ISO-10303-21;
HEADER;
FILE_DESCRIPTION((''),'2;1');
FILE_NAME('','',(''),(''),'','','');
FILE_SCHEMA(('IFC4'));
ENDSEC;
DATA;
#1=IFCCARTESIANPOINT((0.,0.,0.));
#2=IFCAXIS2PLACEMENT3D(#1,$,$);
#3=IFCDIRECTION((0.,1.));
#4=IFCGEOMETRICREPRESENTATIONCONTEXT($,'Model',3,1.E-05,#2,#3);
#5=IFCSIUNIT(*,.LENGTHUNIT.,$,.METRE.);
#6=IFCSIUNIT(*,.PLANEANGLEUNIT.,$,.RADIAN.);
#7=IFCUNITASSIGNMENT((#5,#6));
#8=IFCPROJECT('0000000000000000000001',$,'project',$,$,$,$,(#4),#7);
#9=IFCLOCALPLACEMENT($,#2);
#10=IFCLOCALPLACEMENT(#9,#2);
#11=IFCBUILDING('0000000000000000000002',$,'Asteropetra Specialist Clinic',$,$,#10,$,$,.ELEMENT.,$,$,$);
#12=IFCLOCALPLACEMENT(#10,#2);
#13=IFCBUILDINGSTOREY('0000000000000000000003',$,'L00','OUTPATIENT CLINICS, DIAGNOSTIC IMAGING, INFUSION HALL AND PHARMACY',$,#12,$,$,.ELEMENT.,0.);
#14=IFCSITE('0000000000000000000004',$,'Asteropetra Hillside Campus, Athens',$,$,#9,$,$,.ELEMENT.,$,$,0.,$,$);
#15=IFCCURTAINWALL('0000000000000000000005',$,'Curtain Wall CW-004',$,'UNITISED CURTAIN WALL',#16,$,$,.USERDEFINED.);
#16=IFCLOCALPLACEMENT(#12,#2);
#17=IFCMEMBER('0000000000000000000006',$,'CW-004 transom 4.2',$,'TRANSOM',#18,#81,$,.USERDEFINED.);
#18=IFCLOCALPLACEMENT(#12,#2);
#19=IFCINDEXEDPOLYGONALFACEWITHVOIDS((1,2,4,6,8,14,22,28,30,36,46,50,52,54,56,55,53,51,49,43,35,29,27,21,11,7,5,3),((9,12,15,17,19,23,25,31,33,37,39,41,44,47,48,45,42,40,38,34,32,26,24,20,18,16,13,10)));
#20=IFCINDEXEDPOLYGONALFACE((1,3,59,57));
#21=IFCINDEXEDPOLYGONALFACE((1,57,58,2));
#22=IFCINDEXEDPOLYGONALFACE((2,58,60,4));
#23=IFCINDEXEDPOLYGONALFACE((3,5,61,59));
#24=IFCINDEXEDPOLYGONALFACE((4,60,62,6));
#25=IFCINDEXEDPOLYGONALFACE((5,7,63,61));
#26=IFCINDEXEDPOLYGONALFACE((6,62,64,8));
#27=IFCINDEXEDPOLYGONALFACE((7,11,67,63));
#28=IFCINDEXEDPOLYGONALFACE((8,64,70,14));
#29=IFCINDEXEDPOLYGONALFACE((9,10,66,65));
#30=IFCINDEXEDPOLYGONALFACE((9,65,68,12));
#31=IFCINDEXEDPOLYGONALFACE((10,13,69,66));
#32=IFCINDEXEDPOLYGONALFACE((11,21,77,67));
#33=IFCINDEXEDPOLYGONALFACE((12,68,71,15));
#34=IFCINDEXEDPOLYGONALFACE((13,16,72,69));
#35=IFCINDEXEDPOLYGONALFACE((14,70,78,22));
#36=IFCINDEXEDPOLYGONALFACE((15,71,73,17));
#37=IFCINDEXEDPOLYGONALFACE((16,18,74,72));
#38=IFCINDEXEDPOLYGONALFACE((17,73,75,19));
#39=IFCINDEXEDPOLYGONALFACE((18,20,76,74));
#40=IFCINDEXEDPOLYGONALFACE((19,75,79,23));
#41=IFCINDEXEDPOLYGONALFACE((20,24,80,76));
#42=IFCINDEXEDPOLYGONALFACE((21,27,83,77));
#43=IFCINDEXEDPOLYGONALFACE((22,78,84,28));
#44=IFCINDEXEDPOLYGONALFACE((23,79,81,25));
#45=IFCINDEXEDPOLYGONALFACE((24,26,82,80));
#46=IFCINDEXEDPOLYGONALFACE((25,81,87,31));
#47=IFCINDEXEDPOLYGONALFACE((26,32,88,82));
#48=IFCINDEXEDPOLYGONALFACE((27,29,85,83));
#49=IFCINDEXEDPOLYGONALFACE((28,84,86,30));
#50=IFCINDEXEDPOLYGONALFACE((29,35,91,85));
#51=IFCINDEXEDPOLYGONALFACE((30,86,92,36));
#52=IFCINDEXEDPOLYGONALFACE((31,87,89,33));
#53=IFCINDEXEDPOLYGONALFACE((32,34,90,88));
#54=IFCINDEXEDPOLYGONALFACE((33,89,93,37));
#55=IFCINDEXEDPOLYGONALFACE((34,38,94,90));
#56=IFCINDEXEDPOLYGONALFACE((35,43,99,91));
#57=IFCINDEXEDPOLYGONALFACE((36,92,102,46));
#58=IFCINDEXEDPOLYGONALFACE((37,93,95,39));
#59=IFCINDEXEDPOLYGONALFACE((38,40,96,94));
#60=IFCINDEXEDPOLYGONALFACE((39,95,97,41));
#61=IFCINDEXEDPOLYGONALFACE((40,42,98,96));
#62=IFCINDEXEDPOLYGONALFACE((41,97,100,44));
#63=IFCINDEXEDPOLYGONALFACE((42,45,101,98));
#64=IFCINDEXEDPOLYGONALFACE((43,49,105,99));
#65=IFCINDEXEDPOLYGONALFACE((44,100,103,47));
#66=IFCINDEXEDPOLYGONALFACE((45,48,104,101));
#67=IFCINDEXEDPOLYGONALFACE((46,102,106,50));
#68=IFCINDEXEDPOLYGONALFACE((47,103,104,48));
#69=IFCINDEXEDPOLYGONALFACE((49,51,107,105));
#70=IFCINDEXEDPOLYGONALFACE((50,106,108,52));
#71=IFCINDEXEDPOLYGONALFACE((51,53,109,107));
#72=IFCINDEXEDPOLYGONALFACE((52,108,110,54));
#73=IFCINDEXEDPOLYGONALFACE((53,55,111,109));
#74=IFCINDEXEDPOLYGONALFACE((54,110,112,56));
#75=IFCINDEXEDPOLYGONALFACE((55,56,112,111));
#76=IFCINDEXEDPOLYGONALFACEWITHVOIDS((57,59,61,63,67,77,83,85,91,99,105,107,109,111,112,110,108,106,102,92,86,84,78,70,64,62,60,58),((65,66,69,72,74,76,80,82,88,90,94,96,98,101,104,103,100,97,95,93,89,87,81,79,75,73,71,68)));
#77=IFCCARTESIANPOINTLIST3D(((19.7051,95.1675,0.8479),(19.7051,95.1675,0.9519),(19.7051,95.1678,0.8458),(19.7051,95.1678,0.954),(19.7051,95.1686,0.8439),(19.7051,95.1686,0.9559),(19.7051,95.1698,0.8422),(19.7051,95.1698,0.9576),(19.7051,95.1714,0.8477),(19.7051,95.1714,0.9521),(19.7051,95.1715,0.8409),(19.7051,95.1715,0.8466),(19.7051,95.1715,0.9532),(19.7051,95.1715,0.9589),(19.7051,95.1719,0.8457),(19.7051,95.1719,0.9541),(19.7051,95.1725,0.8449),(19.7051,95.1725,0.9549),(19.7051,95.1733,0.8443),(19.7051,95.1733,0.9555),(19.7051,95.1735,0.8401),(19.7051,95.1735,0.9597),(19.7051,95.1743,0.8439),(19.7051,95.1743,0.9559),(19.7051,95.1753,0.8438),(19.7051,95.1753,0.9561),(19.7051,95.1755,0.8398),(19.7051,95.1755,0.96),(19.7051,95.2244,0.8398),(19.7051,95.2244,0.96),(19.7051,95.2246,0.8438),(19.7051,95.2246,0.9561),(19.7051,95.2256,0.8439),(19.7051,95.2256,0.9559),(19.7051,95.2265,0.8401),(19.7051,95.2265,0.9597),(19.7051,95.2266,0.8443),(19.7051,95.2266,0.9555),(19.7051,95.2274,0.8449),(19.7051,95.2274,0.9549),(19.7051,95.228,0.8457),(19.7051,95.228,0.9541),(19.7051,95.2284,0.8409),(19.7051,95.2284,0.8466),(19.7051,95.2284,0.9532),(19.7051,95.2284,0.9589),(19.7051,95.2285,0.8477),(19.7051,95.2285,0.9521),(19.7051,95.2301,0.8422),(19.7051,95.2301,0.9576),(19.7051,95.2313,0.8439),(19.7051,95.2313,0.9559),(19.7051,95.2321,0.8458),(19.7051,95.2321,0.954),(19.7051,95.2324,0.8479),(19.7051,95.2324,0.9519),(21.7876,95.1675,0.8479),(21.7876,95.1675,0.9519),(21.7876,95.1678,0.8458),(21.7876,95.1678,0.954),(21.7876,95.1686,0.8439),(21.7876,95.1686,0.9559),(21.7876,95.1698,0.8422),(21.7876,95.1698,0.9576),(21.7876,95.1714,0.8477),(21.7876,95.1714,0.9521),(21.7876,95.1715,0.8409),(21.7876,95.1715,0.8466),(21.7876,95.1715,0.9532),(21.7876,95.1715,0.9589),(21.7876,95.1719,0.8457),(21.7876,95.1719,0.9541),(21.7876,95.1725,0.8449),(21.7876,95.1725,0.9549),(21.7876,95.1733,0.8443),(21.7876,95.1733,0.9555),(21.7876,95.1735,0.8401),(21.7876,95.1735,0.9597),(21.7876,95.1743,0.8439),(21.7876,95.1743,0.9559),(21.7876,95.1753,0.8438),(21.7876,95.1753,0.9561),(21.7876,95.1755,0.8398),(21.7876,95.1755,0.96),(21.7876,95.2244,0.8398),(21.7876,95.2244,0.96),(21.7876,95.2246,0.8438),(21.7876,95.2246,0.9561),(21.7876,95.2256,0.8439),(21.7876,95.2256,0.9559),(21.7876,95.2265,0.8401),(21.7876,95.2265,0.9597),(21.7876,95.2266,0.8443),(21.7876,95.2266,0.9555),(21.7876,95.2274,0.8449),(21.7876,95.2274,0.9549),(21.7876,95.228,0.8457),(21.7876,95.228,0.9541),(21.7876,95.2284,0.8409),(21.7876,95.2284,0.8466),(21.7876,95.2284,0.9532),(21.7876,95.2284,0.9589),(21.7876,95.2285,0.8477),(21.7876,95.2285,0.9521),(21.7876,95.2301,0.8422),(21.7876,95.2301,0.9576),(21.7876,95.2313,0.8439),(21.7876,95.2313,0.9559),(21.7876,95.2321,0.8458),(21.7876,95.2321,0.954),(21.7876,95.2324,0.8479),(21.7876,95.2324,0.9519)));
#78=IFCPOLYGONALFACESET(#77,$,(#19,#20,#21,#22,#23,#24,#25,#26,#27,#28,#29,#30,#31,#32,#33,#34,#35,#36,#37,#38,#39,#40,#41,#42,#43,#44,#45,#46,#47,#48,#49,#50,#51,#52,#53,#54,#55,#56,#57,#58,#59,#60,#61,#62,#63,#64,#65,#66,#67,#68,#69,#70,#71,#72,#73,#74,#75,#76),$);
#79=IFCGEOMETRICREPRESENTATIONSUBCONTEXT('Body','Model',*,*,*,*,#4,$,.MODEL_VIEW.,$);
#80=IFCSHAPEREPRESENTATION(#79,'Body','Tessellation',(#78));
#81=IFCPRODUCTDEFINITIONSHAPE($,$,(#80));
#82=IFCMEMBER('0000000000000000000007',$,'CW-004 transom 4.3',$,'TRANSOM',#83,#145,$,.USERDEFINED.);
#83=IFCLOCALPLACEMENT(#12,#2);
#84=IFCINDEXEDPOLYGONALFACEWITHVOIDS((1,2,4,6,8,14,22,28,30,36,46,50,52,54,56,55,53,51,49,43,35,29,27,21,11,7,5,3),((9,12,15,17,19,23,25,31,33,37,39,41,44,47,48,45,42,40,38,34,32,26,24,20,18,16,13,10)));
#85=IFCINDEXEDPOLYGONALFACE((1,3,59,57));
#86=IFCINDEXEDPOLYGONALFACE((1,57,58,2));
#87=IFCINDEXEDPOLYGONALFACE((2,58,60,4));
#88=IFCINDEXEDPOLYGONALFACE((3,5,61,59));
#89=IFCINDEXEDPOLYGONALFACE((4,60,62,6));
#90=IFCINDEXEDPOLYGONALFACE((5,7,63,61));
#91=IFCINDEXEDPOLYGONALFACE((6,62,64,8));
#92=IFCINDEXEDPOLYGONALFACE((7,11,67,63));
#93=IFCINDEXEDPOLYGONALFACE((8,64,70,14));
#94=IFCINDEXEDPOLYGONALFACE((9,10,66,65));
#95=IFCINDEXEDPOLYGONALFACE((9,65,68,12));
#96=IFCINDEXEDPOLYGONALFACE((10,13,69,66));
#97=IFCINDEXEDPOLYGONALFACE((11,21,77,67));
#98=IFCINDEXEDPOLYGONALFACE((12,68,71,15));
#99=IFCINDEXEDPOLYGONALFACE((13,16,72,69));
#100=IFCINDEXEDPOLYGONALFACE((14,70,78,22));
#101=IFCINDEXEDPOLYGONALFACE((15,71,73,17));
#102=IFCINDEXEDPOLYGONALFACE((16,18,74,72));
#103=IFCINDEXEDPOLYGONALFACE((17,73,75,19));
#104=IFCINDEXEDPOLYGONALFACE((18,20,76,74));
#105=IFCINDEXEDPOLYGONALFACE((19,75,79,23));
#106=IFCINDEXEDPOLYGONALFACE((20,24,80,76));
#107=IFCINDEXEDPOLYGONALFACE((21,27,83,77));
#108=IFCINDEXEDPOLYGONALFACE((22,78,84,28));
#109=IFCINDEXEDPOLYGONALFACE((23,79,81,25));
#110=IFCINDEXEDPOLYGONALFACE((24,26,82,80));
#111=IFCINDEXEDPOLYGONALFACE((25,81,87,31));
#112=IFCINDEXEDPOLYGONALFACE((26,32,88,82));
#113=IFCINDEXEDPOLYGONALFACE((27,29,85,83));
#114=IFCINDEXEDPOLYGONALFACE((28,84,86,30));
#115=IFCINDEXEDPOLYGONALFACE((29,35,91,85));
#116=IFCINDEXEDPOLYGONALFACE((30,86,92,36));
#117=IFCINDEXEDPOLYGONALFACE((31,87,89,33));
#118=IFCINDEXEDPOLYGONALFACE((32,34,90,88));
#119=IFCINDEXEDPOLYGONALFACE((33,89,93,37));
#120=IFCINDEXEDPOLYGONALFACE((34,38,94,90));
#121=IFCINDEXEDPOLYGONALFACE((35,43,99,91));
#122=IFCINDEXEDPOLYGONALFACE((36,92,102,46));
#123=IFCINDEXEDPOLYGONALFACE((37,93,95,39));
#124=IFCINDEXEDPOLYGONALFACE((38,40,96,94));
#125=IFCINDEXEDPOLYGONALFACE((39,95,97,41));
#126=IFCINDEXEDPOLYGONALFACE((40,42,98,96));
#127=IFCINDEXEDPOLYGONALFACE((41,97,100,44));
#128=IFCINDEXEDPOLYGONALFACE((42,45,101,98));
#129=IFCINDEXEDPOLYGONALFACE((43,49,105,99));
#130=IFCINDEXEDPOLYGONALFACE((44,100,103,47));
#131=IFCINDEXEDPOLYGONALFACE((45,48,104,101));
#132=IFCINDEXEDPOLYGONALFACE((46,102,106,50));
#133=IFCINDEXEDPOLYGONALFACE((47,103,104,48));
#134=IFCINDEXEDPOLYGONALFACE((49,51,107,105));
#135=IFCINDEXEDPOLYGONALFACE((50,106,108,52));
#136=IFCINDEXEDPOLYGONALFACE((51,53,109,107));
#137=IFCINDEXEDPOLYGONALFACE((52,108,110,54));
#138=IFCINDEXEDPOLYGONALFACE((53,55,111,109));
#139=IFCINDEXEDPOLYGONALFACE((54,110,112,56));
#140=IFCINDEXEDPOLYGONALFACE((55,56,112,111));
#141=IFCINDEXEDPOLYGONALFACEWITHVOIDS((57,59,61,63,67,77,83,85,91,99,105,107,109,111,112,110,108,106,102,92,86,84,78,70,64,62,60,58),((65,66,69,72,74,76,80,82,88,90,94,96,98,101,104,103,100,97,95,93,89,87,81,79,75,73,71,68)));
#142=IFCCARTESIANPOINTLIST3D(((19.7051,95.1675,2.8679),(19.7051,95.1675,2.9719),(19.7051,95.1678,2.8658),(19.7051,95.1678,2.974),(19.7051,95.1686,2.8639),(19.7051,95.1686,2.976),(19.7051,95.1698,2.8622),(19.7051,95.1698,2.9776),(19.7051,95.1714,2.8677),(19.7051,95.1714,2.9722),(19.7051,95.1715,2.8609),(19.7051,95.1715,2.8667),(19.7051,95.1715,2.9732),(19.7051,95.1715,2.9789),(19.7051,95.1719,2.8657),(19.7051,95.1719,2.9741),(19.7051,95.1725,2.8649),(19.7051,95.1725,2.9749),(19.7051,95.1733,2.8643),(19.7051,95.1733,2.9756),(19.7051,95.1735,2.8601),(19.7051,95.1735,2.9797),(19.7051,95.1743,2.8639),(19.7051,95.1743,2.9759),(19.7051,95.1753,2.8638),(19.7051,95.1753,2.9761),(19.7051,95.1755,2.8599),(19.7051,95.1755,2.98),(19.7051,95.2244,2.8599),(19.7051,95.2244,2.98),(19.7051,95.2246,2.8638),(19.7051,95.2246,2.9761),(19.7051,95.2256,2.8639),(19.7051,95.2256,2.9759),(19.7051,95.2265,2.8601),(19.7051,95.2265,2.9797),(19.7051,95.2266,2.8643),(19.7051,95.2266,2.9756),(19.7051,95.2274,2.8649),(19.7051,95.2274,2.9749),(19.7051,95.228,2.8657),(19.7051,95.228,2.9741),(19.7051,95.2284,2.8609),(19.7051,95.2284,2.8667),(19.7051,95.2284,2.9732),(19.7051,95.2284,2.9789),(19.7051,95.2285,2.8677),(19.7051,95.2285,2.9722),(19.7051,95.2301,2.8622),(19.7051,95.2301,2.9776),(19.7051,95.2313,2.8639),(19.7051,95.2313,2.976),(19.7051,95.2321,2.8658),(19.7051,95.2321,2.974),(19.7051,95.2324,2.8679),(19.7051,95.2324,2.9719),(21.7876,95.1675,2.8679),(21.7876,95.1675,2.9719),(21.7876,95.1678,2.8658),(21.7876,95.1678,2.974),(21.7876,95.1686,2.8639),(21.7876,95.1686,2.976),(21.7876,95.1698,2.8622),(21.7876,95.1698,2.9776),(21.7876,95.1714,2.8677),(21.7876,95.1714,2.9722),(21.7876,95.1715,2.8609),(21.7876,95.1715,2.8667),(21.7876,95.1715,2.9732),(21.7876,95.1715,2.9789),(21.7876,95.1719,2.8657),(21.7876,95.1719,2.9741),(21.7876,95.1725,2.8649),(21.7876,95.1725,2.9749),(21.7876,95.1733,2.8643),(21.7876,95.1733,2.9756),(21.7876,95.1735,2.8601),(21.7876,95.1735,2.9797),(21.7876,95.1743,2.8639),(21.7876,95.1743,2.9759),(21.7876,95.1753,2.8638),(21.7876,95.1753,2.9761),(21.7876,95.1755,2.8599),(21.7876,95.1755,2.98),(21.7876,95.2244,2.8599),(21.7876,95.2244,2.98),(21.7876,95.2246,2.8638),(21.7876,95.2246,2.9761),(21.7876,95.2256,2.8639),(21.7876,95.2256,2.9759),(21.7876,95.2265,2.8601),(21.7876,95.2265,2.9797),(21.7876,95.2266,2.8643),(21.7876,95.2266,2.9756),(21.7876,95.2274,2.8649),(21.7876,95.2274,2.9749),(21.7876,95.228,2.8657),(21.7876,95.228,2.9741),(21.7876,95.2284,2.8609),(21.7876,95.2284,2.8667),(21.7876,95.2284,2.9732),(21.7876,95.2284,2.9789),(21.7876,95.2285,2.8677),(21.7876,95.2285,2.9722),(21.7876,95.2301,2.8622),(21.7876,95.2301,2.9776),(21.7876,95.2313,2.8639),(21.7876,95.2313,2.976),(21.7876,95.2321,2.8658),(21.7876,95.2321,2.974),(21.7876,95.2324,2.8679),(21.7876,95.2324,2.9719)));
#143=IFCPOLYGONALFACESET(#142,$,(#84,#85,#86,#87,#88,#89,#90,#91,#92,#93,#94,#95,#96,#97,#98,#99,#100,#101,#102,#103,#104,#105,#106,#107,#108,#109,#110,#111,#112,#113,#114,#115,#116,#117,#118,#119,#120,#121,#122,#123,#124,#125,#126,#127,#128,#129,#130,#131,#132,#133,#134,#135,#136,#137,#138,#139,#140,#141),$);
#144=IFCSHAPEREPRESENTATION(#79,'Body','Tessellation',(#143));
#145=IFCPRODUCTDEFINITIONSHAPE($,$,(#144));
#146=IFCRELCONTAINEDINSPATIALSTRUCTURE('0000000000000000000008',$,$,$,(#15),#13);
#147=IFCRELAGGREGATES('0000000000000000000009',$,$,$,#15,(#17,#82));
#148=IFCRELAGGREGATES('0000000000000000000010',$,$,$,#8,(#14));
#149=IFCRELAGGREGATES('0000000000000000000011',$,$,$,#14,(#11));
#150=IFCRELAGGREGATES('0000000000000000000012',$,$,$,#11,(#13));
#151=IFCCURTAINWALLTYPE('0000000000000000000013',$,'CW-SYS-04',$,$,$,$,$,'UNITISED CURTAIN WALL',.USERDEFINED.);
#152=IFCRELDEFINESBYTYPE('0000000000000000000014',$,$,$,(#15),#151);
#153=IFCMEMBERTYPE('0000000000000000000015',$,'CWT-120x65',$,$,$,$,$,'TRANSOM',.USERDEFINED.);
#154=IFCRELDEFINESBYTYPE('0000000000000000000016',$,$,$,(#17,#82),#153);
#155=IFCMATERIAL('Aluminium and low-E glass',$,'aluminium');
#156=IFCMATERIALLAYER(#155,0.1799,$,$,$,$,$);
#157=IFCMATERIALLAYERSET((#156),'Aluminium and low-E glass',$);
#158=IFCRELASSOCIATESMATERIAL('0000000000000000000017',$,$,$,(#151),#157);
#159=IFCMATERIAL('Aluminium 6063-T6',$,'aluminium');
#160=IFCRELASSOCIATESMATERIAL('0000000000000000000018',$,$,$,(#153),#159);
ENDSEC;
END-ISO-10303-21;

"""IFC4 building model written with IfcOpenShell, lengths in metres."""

from ifc_helpers import new_model, si_unit, direction, frame, origin, origin_2d, place, context, subcontext, project, spatial, hollow_rectangle, extrude, material, layer, layer_set, material_profile, profile_set, type_object, element, aggregate, save


model = new_model("IFC4")

# Units and contexts
model_context = context("Model", 3, precision=1e-05, world=origin(), true_north=direction((0.0, 1.0)))
body_context = subcontext(model_context, "Body", "Model", "MODEL_VIEW")
ifc_project = project(units=[si_unit("LENGTHUNIT", "METRE"), si_unit("PLANEANGLEUNIT", "RADIAN")], contexts=[model_context])

# Site, building, storey
site_placement = place(None, origin())
site = spatial("IfcSite", under=ifc_project, at=site_placement, Name="Asteropetra Hillside Campus, Athens", CompositionType="ELEMENT", RefElevation=0.0)
building_placement = place(site_placement, origin())
building = spatial("IfcBuilding", under=site, at=building_placement, Name="Asteropetra Specialist Clinic", CompositionType="ELEMENT")
storey_placement = place(building_placement, origin())
storey = spatial("IfcBuildingStorey", under=building, at=storey_placement, Name="L00", Description="OUTPATIENT CLINICS, DIAGNOSTIC IMAGING, INFUSION HALL AND PHARMACY", CompositionType="ELEMENT", Elevation=0.0)

# Curtain wall
ifc_material_1 = material(Name="Aluminium and low-E glass", Category="aluminium")
ifc_layer_1 = layer(ifc_material_1, 0.1799)
ifc_layer_set_1 = layer_set([ifc_layer_1], Name="Aluminium and low-E glass")
curtain_wall_type_1 = type_object("IfcCurtainWallType", Name="CW-SYS-04", ElementType="UNITISED CURTAIN WALL", PredefinedType="USERDEFINED", material=ifc_layer_set_1)
curtain_wall_1_placement = place(storey_placement, origin())
curtain_wall_1 = element("IfcCurtainWall", 1, at=curtain_wall_1_placement, inside=storey, type_object=curtain_wall_type_1, Name="Curtain Wall CW-004", ObjectType="UNITISED CURTAIN WALL", PredefinedType="USERDEFINED")

# Members
ifc_material_2 = material(Name="Aluminium 6063-T6", Category="aluminium")
ifc_material_profile_1 = material_profile(ifc_material_2, hollow_rectangle(XDim=0.0649, YDim=0.1201, WallThickness=0.0039, InnerFilletRadius=0.0039, OuterFilletRadius=0.0081, at=origin_2d()), Name="TRN 120x65x4.0")
ifc_profile_set_1 = profile_set([ifc_material_profile_1], Name="Aluminium 6063-T6")
member_type_1 = type_object("IfcMemberType", Name="CWT-120x65", ElementType="TRANSOM", PredefinedType="USERDEFINED", material=ifc_profile_set_1)
member_1_placement = place(storey_placement, frame((21.7876, 95.2, 0.8999), z_axis=(-1.0, 0.0, 0.0), x_axis=(0.0, -1.0, 0.0)))
member_1 = element("IfcMember", 2, at=member_1_placement, type_object=member_type_1, Name="CW-004 transom 4.2", ObjectType="TRANSOM", PredefinedType="USERDEFINED", context=body_context, shape_type="SweptSolid", body=[
    extrude(hollow_rectangle(XDim=0.0649, YDim=0.1201, WallThickness=0.0039, InnerFilletRadius=0.0039, OuterFilletRadius=0.0081, at=origin_2d()), origin(), (0.0, 0.0, 1.0), 2.0825),
])
member_2_placement = place(storey_placement, frame((21.7876, 95.2, 2.9199), z_axis=(-1.0, 0.0, 0.0), x_axis=(0.0, -1.0, 0.0)))
member_2 = element("IfcMember", 3, at=member_2_placement, type_object=member_type_1, Name="CW-004 transom 4.3", ObjectType="TRANSOM", PredefinedType="USERDEFINED", context=body_context, shape_type="SweptSolid", body=[
    extrude(hollow_rectangle(XDim=0.0649, YDim=0.1201, WallThickness=0.0039, InnerFilletRadius=0.0039, OuterFilletRadius=0.0081, at=origin_2d()), origin(), (0.0, 0.0, 1.0), 2.0825),
])

aggregate(curtain_wall_1, [member_1, member_2])

save(model, "model.ifc")
